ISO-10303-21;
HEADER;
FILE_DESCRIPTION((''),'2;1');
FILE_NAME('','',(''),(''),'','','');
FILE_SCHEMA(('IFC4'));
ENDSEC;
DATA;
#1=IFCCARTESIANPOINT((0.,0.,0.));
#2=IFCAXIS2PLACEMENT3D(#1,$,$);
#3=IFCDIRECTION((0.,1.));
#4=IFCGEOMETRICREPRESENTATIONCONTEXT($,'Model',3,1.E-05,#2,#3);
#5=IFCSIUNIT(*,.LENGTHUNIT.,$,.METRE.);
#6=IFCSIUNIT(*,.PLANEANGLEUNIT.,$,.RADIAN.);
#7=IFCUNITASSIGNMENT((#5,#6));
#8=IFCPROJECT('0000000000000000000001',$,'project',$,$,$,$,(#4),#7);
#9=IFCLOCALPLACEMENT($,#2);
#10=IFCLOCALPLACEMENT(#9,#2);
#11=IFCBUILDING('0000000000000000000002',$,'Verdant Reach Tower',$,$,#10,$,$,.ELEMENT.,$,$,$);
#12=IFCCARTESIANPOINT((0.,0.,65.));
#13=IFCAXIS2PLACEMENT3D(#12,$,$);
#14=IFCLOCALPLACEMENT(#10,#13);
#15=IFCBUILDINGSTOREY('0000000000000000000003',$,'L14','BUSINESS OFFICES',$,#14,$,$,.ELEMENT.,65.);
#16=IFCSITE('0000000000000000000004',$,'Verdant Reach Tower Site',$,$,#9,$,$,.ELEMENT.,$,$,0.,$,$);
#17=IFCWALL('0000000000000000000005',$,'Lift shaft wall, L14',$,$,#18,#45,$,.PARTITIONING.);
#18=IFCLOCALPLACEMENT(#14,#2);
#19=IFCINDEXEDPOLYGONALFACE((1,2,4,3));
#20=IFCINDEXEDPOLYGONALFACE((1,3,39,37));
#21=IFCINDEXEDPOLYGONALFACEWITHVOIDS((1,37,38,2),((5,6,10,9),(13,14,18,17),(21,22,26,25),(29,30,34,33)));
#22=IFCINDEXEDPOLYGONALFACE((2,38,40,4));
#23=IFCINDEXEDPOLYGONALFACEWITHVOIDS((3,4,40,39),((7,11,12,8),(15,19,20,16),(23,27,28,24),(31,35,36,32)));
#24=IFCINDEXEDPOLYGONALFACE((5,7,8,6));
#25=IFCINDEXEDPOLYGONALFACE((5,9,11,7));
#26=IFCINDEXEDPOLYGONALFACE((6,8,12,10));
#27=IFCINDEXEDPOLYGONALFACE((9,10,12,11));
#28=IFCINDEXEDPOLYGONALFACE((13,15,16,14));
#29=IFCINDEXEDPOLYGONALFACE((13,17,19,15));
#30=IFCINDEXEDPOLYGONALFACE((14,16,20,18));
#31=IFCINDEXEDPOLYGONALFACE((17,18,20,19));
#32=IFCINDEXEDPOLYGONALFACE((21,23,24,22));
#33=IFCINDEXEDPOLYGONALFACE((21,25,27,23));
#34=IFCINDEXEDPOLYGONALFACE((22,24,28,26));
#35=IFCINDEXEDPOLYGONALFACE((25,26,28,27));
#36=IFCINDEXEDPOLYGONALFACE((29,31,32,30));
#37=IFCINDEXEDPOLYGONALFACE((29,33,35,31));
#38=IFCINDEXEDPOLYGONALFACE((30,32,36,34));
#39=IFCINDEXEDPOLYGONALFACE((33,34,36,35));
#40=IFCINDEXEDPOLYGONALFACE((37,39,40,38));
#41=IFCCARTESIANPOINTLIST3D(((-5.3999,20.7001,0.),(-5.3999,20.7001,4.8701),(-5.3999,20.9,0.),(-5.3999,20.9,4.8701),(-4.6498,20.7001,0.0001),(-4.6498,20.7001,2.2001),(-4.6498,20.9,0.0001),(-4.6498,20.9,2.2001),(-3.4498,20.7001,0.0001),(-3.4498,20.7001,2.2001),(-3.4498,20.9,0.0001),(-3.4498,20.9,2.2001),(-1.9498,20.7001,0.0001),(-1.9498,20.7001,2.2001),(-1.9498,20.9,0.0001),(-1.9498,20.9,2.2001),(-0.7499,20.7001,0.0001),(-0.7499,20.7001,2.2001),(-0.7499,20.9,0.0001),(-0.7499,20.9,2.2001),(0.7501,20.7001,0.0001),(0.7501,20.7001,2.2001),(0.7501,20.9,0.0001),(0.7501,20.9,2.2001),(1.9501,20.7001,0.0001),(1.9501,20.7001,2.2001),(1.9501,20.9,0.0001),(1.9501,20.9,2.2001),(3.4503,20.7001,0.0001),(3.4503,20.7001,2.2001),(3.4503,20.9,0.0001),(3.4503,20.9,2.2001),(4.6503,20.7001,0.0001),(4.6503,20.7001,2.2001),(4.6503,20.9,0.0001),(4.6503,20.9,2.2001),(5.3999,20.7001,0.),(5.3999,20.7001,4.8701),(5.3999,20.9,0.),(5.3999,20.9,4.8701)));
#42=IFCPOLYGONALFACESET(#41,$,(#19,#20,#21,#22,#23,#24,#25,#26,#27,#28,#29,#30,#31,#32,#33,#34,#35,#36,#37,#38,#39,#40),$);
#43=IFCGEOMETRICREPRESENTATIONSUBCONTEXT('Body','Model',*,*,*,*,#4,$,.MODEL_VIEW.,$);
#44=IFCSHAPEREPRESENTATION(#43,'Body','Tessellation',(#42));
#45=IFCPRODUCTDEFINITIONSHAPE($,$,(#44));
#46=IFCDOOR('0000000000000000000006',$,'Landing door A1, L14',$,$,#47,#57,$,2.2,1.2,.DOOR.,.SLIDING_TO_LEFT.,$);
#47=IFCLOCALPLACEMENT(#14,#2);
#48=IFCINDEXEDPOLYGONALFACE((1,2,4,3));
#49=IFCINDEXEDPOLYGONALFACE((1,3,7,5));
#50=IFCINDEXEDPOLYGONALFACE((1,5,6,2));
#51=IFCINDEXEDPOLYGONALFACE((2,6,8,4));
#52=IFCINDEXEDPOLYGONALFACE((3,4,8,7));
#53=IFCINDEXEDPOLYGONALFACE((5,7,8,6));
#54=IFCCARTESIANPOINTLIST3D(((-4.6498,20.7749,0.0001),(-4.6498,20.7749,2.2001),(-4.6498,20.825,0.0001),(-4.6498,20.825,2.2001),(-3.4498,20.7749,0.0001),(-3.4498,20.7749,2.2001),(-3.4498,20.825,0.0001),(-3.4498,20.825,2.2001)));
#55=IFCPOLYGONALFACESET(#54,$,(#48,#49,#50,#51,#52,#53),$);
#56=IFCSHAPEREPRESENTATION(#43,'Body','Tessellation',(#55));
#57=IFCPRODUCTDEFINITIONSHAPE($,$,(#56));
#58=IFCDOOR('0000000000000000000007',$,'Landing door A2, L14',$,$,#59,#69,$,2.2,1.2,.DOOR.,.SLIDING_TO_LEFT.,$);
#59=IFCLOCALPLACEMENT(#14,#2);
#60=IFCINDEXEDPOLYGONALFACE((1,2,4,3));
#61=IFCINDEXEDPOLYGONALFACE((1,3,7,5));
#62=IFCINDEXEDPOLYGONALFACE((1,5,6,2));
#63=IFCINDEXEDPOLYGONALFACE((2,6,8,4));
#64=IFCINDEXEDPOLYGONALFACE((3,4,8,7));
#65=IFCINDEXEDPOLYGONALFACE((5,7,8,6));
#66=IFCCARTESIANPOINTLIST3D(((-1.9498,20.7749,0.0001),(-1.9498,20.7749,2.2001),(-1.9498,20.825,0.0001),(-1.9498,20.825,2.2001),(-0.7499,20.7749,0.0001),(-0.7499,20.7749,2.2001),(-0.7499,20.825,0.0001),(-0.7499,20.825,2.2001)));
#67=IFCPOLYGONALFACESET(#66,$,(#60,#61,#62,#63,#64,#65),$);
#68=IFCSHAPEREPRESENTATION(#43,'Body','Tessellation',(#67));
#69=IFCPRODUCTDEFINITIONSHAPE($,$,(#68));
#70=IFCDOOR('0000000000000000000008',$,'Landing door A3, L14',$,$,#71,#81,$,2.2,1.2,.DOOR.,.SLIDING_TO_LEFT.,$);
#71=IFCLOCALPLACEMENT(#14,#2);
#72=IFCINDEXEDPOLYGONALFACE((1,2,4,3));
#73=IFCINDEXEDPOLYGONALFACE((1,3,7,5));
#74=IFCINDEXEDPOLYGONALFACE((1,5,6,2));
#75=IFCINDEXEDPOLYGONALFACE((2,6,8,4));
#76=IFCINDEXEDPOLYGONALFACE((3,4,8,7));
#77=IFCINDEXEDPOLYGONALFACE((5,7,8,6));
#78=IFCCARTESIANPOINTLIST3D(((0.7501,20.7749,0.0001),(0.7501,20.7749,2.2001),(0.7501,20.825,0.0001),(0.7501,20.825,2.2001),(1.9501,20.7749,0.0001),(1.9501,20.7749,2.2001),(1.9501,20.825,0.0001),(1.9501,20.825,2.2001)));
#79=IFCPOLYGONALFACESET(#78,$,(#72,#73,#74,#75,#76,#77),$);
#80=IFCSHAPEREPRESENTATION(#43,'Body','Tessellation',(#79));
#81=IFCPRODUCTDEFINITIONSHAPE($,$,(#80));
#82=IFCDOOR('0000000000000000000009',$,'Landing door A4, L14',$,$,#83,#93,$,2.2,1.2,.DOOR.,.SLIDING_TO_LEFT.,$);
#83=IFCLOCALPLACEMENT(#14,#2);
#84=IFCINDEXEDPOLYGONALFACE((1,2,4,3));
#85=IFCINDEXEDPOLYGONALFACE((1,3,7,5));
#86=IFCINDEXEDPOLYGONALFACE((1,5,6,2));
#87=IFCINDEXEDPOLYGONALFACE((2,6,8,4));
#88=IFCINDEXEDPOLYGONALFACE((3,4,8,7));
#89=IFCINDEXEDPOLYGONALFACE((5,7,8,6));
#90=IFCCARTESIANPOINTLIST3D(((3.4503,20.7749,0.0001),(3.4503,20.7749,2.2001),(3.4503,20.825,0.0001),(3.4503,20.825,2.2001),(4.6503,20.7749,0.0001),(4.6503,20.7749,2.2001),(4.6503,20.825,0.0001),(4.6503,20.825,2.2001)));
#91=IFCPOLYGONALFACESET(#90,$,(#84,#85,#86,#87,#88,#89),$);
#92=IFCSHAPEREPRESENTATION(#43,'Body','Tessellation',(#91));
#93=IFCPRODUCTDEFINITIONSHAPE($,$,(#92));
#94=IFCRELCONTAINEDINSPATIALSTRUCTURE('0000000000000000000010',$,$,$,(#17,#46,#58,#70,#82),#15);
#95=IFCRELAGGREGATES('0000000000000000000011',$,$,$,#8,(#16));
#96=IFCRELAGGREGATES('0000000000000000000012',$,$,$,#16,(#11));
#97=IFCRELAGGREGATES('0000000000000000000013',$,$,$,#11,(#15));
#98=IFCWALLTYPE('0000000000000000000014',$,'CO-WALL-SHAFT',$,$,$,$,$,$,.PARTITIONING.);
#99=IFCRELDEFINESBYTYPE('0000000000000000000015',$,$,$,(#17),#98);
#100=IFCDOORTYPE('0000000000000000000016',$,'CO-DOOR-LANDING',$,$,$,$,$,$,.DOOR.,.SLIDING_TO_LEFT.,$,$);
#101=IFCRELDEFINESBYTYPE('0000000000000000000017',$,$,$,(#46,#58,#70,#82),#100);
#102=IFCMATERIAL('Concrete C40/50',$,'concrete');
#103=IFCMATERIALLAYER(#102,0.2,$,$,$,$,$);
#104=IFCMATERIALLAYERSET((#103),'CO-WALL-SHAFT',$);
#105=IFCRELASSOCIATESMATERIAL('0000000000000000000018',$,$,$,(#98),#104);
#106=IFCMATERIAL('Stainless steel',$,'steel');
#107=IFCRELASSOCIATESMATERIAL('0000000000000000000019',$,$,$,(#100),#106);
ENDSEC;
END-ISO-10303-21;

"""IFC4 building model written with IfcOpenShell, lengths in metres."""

from ifc_helpers import new_model, si_unit, direction, frame, frame_2d, origin, place, context, subcontext, project, spatial, rectangle, extrude, material, layer, layer_set, type_object, element, fill, save


model = new_model("IFC4")

# Units and contexts
model_context = context("Model", 3, precision=1e-05, world=origin(), true_north=direction((0.0, 1.0)))
body_context = subcontext(model_context, "Body", "Model", "MODEL_VIEW")
ifc_project = project(units=[si_unit("LENGTHUNIT", "METRE"), si_unit("PLANEANGLEUNIT", "RADIAN")], contexts=[model_context])

# Site, building, storey
site_placement = place(None, origin())
site = spatial("IfcSite", under=ifc_project, at=site_placement, Name="Verdant Reach Tower Site", CompositionType="ELEMENT", RefElevation=0.0)
building_placement = place(site_placement, origin())
building = spatial("IfcBuilding", under=site, at=building_placement, Name="Verdant Reach Tower", CompositionType="ELEMENT")
storey_placement = place(building_placement, frame((0.0, 0.0, 65.0)))
storey = spatial("IfcBuildingStorey", under=building, at=storey_placement, Name="L14", Description="BUSINESS OFFICES", CompositionType="ELEMENT", Elevation=65.0)

# Wall, openings, doors
ifc_material_1 = material(Name="Concrete C40/50", Category="concrete")
ifc_layer_1 = layer(ifc_material_1, 0.2)
ifc_layer_set_1 = layer_set([ifc_layer_1], Name="CO-WALL-SHAFT")
wall_type_1 = type_object("IfcWallType", Name="CO-WALL-SHAFT", PredefinedType="PARTITIONING", material=ifc_layer_set_1)
wall_1_placement = place(storey_placement, frame((-5.3999, 20.8, 0.0), z_axis=(0.0, 0.0, 1.0), x_axis=(1.0, 0.0, 0.0)))
wall_1 = element("IfcWall", 1, at=wall_1_placement, inside=storey, type_object=wall_type_1, Name="Lift shaft wall, L14", PredefinedType="PARTITIONING", context=body_context, shape_type="SweptSolid", body=[
    extrude(rectangle(XDim=10.7998, YDim=0.2, at=frame_2d((5.3999, 0.0))), origin(), (0.0, 0.0, 1.0), 4.8701),
])
opening_1_placement = place(wall_1_placement, frame((0.75, 0.0, 0.0)))
opening_1 = element("IfcOpeningElement", 2, at=opening_1_placement, cuts=wall_1, PredefinedType="OPENING", context=body_context, shape_type="SweptSolid", body=[
    extrude(rectangle(XDim=1.2, YDim=2.2, at=frame_2d((0.6001, 1.1001))), frame((0.0, 0.1099, 0.0), z_axis=(0.0, -1.0, 0.0), x_axis=(1.0, 0.0, 0.0)), (0.0, 0.0, 1.0), 0.22),
])
opening_2_placement = place(wall_1_placement, frame((3.45, 0.0, 0.0)))
opening_2 = element("IfcOpeningElement", 3, at=opening_2_placement, cuts=wall_1, PredefinedType="OPENING", context=body_context, shape_type="SweptSolid", body=[
    extrude(rectangle(XDim=1.2, YDim=2.2, at=frame_2d((0.6001, 1.1001))), frame((0.0, 0.1099, 0.0), z_axis=(0.0, -1.0, 0.0), x_axis=(1.0, 0.0, 0.0)), (0.0, 0.0, 1.0), 0.22),
])
opening_3_placement = place(wall_1_placement, frame((6.1499, 0.0, 0.0)))
opening_3 = element("IfcOpeningElement", 4, at=opening_3_placement, cuts=wall_1, PredefinedType="OPENING", context=body_context, shape_type="SweptSolid", body=[
    extrude(rectangle(XDim=1.2, YDim=2.2, at=frame_2d((0.6001, 1.1001))), frame((0.0, 0.1099, 0.0), z_axis=(0.0, -1.0, 0.0), x_axis=(1.0, 0.0, 0.0)), (0.0, 0.0, 1.0), 0.22),
])
opening_4_placement = place(wall_1_placement, frame((8.8501, 0.0, 0.0)))
opening_4 = element("IfcOpeningElement", 5, at=opening_4_placement, cuts=wall_1, PredefinedType="OPENING", context=body_context, shape_type="SweptSolid", body=[
    extrude(rectangle(XDim=1.2, YDim=2.2, at=frame_2d((0.6001, 1.1001))), frame((0.0, 0.1099, 0.0), z_axis=(0.0, -1.0, 0.0), x_axis=(1.0, 0.0, 0.0)), (0.0, 0.0, 1.0), 0.22),
])
ifc_material_2 = material(Name="Stainless steel", Category="steel")
door_type_1 = type_object("IfcDoorType", Name="CO-DOOR-LANDING", OperationType="SLIDING_TO_LEFT", PredefinedType="DOOR", material=ifc_material_2)
door_1_placement = place(opening_1_placement, origin())
door_1 = element("IfcDoor", 6, at=door_1_placement, inside=storey, type_object=door_type_1, Name="Landing door A1, L14", OperationType="SLIDING_TO_LEFT", OverallHeight=2.2, OverallWidth=1.2, PredefinedType="DOOR", context=body_context, shape_type="SweptSolid", body=[
    extrude(rectangle(XDim=1.2, YDim=2.2, at=frame_2d((0.6001, 1.1001))), frame((0.0, 0.0249, 0.0), z_axis=(0.0, -1.0, 0.0), x_axis=(1.0, 0.0, 0.0)), (0.0, 0.0, 1.0), 0.05),
])
fill(opening_1, door_1)
door_2_placement = place(opening_2_placement, origin())
door_2 = element("IfcDoor", 7, at=door_2_placement, inside=storey, type_object=door_type_1, Name="Landing door A2, L14", OperationType="SLIDING_TO_LEFT", OverallHeight=2.2, OverallWidth=1.2, PredefinedType="DOOR", context=body_context, shape_type="SweptSolid", body=[
    extrude(rectangle(XDim=1.2, YDim=2.2, at=frame_2d((0.6001, 1.1001))), frame((0.0, 0.0249, 0.0), z_axis=(0.0, -1.0, 0.0), x_axis=(1.0, 0.0, 0.0)), (0.0, 0.0, 1.0), 0.05),
])
fill(opening_2, door_2)
door_3_placement = place(opening_3_placement, origin())
door_3 = element("IfcDoor", 8, at=door_3_placement, inside=storey, type_object=door_type_1, Name="Landing door A3, L14", OperationType="SLIDING_TO_LEFT", OverallHeight=2.2, OverallWidth=1.2, PredefinedType="DOOR", context=body_context, shape_type="SweptSolid", body=[
    extrude(rectangle(XDim=1.2, YDim=2.2, at=frame_2d((0.6001, 1.1001))), frame((0.0, 0.0249, 0.0), z_axis=(0.0, -1.0, 0.0), x_axis=(1.0, 0.0, 0.0)), (0.0, 0.0, 1.0), 0.05),
])
fill(opening_3, door_3)
door_4_placement = place(opening_4_placement, origin())
door_4 = element("IfcDoor", 9, at=door_4_placement, inside=storey, type_object=door_type_1, Name="Landing door A4, L14", OperationType="SLIDING_TO_LEFT", OverallHeight=2.2, OverallWidth=1.2, PredefinedType="DOOR", context=body_context, shape_type="SweptSolid", body=[
    extrude(rectangle(XDim=1.2, YDim=2.2, at=frame_2d((0.6001, 1.1001))), frame((0.0, 0.0249, 0.0), z_axis=(0.0, -1.0, 0.0), x_axis=(1.0, 0.0, 0.0)), (0.0, 0.0, 1.0), 0.05),
])
fill(opening_4, door_4)

save(model, "model.ifc")
